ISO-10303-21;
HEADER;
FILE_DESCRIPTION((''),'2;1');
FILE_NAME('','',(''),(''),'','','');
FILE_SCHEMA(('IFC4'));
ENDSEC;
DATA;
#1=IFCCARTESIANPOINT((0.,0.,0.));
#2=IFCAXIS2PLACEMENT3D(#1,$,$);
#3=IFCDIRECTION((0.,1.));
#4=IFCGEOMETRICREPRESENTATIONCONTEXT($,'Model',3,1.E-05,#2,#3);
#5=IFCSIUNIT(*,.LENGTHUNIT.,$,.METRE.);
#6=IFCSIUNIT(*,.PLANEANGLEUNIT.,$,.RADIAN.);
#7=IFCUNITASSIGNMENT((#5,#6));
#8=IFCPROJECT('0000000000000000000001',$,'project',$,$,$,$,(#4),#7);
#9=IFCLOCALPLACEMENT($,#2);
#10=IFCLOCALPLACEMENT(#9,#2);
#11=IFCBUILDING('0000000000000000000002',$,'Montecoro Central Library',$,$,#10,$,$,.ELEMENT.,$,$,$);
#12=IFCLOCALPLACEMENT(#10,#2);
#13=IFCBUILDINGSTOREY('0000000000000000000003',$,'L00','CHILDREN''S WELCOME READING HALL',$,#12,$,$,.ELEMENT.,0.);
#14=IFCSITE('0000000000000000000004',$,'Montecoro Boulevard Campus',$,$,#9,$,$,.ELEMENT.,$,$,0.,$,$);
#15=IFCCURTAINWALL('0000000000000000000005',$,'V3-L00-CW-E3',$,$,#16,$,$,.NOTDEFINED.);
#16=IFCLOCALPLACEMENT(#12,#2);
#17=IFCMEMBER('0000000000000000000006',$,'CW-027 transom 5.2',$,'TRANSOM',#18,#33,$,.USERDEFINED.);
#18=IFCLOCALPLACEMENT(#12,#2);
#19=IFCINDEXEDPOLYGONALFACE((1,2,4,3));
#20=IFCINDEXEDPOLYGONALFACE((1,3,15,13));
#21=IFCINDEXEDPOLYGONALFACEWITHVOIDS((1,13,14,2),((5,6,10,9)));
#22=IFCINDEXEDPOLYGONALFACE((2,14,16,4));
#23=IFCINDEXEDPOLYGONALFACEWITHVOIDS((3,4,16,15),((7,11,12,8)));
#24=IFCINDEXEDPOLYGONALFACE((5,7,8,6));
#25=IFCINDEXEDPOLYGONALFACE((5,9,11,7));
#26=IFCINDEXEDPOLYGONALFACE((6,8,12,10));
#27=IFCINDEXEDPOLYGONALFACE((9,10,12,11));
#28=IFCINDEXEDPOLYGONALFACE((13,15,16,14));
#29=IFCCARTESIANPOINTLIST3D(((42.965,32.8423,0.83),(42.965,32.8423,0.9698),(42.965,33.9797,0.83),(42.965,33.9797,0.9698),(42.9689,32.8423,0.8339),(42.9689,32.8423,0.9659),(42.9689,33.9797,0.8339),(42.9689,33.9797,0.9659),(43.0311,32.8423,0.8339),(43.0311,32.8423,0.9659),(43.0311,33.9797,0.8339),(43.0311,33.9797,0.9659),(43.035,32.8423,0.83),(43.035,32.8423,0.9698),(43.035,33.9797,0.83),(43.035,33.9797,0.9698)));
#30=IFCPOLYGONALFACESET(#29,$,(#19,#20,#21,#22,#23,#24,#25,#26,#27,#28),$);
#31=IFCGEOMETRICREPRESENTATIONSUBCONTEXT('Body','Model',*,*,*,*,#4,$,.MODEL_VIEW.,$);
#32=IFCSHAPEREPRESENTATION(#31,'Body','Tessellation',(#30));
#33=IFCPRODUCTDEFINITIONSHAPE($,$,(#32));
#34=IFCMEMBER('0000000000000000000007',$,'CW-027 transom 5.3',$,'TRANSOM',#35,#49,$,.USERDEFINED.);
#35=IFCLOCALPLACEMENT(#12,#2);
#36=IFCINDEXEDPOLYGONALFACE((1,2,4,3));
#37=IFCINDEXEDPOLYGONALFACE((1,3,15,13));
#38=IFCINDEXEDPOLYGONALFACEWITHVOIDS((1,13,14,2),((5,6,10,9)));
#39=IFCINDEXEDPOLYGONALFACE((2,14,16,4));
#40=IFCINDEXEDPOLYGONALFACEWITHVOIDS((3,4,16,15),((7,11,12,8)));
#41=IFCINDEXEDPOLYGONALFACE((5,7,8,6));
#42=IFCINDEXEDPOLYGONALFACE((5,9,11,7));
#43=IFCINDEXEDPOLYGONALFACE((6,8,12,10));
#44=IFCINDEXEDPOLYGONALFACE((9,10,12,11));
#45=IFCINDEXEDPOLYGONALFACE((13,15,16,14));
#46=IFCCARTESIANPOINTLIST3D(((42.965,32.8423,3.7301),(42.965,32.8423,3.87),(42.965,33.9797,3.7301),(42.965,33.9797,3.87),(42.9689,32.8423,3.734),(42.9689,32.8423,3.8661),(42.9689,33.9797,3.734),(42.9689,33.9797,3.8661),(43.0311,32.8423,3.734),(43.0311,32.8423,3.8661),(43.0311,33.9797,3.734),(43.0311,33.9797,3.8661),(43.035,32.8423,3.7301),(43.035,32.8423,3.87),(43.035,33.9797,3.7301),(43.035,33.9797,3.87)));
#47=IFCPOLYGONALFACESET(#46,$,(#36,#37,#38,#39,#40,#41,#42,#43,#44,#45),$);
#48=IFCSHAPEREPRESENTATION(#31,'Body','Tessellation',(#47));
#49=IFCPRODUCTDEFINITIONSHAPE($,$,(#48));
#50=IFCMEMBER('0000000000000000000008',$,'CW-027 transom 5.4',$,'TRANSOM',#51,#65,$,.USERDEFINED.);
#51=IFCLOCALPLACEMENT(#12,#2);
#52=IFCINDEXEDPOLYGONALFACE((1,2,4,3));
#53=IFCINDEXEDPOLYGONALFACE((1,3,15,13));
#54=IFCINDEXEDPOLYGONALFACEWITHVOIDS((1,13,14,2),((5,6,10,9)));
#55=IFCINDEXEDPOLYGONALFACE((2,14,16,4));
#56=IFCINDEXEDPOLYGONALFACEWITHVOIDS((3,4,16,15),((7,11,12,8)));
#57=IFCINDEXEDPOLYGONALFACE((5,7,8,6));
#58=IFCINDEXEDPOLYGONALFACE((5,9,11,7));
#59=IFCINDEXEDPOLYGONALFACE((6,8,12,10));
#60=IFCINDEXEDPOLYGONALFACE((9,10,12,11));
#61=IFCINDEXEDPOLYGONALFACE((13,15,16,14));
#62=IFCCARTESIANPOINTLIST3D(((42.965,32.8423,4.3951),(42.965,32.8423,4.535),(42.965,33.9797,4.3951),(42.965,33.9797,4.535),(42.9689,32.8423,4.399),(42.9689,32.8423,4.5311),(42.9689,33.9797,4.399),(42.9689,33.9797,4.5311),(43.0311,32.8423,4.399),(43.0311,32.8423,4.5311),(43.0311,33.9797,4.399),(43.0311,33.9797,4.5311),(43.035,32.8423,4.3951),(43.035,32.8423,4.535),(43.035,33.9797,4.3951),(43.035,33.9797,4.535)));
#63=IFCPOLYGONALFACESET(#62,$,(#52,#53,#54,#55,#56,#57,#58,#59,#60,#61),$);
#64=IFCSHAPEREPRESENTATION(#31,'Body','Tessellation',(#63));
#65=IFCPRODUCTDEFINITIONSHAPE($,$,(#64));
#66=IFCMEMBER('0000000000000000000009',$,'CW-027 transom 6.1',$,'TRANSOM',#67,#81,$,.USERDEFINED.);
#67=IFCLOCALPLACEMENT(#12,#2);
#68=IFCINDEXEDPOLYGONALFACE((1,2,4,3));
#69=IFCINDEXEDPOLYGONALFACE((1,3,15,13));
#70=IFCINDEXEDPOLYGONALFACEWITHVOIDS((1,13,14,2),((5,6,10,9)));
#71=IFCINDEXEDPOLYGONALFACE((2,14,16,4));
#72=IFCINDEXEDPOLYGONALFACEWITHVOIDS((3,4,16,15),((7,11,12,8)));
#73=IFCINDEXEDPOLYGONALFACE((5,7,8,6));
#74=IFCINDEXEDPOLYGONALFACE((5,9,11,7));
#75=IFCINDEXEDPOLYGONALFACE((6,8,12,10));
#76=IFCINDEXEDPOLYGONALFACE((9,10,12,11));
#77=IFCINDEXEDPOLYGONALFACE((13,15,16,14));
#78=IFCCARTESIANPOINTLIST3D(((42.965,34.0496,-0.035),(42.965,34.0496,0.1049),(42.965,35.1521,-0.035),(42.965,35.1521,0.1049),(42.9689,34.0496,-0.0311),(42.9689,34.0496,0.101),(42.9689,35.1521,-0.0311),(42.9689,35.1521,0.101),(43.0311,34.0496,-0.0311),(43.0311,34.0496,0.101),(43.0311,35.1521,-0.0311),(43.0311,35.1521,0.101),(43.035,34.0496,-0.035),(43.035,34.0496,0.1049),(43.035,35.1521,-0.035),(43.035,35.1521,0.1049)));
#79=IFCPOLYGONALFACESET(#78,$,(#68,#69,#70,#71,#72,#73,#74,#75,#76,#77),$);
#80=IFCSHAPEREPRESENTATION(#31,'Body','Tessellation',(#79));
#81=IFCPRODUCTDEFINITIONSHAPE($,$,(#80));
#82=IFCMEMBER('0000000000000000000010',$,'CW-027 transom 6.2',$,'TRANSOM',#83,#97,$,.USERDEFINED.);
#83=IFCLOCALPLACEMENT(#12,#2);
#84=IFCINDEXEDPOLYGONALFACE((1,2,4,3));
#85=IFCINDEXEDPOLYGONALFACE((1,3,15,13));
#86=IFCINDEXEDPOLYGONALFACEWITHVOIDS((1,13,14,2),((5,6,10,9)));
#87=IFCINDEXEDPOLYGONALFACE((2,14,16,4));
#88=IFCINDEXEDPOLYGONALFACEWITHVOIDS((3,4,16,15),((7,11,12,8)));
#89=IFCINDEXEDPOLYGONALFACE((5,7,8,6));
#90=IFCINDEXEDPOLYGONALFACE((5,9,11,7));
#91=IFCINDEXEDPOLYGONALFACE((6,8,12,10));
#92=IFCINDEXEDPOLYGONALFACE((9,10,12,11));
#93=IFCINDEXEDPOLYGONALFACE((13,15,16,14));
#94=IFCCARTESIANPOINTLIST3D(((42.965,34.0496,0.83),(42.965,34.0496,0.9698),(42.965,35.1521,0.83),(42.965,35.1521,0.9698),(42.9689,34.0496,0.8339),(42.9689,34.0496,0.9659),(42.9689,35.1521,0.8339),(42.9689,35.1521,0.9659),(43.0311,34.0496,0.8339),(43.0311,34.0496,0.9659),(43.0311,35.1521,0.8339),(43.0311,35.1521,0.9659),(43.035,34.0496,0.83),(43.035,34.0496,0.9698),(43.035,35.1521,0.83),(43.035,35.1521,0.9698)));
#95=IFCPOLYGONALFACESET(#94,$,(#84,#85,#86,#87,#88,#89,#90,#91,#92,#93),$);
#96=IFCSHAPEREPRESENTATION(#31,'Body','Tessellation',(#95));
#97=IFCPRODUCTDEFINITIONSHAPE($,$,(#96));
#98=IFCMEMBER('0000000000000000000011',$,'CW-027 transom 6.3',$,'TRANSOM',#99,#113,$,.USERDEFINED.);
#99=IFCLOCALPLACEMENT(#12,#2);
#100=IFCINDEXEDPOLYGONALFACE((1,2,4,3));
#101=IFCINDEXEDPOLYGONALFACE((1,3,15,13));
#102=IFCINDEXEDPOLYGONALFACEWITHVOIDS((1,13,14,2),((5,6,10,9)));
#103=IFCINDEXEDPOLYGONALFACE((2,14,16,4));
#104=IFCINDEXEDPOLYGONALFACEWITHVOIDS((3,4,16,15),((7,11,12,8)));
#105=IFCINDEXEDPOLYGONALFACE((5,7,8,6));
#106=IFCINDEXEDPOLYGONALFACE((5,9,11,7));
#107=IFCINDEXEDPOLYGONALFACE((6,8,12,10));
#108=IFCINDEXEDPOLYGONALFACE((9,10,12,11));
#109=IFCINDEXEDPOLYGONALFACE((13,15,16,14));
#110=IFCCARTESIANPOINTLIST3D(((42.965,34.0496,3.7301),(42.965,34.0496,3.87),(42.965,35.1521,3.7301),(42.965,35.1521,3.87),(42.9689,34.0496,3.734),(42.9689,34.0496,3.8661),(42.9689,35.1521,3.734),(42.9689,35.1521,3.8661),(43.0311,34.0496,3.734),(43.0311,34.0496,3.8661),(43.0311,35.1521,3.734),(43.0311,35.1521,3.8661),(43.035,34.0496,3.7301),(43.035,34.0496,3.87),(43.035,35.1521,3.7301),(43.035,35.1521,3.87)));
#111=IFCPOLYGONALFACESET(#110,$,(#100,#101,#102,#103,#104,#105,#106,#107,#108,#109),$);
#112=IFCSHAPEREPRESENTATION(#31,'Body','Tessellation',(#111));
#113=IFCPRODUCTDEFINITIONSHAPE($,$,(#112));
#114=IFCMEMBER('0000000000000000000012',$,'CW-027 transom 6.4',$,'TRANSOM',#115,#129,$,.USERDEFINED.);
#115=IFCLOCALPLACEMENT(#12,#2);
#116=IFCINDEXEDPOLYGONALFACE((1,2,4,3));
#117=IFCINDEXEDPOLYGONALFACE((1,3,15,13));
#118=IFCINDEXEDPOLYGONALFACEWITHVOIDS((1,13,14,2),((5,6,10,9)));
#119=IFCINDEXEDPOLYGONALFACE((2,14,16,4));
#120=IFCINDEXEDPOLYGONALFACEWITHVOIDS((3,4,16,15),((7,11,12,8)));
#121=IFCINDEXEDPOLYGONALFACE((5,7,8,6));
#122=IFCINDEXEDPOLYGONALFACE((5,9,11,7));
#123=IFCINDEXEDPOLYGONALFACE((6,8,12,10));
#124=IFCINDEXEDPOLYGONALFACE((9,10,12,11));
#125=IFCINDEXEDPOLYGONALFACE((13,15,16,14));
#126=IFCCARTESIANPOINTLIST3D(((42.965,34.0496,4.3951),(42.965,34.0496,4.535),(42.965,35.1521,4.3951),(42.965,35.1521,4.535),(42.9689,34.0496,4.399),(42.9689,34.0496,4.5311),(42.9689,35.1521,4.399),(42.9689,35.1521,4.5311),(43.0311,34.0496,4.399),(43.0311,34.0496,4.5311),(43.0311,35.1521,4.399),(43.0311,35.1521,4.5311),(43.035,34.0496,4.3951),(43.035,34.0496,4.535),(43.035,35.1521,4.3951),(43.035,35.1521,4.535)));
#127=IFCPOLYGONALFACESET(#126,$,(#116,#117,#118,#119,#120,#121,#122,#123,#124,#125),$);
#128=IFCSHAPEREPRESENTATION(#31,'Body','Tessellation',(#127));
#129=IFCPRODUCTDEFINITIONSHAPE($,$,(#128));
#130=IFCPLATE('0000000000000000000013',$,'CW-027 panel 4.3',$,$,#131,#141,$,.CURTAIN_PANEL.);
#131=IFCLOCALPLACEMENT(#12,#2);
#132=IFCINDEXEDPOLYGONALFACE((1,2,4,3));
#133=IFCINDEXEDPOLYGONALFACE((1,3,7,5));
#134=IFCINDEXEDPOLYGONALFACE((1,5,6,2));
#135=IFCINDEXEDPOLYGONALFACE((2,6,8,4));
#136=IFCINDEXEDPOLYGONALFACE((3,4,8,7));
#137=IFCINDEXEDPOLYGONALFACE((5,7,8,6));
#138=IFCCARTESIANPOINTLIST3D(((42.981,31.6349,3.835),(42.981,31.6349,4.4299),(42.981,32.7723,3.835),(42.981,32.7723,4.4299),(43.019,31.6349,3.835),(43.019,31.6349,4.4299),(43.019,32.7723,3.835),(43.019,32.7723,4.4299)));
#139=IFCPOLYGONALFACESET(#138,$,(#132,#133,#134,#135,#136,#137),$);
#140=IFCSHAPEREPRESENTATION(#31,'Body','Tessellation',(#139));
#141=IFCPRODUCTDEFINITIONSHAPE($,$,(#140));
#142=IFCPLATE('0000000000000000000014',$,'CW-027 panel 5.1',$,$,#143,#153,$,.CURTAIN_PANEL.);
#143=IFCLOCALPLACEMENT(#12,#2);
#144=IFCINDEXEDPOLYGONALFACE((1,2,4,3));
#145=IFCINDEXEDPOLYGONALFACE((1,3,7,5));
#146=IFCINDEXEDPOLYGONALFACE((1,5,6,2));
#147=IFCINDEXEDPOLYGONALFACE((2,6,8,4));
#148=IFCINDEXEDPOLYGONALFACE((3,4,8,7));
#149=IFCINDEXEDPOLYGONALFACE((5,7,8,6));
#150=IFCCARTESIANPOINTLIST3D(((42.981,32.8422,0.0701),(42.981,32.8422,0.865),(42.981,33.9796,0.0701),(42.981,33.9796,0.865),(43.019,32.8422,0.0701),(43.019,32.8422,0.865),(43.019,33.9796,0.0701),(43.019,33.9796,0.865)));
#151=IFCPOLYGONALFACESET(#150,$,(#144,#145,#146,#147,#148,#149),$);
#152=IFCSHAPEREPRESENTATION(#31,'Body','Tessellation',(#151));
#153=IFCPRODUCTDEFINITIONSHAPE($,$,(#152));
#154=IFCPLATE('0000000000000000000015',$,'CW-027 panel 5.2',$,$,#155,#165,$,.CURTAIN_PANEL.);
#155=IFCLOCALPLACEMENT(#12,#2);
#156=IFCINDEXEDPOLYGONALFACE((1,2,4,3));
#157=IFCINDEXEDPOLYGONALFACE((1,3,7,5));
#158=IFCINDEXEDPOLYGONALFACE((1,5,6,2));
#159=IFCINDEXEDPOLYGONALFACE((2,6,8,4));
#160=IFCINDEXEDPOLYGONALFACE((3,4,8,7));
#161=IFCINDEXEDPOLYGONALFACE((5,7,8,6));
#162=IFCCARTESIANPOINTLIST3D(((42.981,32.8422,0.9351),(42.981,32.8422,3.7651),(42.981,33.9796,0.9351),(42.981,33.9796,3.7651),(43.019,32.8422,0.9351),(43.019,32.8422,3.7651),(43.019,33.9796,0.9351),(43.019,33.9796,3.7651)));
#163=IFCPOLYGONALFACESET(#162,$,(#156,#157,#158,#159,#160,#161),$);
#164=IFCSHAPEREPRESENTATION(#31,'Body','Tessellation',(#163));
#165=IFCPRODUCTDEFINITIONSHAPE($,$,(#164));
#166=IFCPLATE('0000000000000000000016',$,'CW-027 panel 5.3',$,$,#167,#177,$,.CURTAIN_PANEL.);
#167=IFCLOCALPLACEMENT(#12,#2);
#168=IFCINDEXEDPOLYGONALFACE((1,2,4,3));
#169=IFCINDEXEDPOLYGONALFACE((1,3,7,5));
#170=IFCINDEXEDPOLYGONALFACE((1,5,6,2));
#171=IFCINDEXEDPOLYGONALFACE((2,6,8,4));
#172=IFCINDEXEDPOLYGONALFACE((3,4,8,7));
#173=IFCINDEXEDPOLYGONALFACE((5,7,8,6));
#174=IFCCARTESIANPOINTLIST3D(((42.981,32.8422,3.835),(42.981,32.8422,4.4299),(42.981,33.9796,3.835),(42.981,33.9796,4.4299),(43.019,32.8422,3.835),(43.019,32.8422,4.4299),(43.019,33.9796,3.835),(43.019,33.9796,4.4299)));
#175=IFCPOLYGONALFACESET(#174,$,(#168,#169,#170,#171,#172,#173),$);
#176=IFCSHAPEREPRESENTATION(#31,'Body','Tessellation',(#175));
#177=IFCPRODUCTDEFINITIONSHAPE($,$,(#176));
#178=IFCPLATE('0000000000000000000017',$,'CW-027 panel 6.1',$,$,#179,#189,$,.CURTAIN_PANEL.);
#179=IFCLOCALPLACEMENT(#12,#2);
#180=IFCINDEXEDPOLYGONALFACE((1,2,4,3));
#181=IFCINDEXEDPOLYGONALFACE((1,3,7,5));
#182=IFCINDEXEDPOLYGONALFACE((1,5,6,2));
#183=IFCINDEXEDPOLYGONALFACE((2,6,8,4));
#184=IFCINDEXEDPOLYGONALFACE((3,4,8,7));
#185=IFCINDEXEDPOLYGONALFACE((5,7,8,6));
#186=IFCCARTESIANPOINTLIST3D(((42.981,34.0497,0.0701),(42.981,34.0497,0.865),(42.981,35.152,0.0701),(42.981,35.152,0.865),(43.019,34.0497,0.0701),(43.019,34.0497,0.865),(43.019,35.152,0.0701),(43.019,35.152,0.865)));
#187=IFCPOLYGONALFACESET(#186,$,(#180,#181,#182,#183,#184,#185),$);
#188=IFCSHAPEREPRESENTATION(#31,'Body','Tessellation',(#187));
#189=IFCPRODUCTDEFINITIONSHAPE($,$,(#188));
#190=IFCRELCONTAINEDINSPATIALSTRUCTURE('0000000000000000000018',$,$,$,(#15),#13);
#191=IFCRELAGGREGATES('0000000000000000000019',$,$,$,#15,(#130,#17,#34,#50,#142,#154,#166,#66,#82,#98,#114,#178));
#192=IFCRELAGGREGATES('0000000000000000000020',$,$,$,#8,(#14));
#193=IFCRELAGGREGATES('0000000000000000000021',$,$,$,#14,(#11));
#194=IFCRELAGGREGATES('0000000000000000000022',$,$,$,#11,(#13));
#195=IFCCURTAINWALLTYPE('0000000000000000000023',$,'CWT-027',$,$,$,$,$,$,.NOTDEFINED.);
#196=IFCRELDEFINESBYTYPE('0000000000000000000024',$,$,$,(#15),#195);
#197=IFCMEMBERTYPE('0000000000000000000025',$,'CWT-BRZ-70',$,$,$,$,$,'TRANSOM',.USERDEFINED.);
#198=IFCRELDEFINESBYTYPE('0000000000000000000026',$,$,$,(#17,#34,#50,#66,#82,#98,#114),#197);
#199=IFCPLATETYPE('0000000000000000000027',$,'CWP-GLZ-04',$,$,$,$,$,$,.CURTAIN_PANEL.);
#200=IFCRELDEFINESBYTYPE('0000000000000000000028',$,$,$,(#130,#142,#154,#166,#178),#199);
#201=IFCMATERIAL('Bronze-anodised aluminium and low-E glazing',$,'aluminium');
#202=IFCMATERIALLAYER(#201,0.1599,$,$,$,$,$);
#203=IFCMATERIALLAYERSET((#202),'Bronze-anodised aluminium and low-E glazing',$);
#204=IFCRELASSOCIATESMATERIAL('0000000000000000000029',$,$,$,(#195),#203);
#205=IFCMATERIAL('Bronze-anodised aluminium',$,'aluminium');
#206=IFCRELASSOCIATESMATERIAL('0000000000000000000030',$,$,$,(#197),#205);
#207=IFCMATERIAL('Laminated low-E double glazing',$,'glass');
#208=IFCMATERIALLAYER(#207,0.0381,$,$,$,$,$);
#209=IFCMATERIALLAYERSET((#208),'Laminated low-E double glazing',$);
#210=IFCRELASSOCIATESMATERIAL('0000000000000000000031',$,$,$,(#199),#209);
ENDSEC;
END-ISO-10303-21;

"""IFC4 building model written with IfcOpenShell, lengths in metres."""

from ifc_helpers import new_model, si_unit, direction, frame, origin, origin_2d, place, context, subcontext, project, spatial, rectangle, hollow_rectangle, extrude, material, layer, layer_set, material_profile, profile_set, type_object, element, aggregate, save


model = new_model("IFC4")

# Units and contexts
model_context = context("Model", 3, precision=1e-05, world=origin(), true_north=direction((0.0, 1.0)))
body_context = subcontext(model_context, "Body", "Model", "MODEL_VIEW")
ifc_project = project(units=[si_unit("LENGTHUNIT", "METRE"), si_unit("PLANEANGLEUNIT", "RADIAN")], contexts=[model_context])

# Site, building, storey
site_placement = place(None, origin())
site = spatial("IfcSite", under=ifc_project, at=site_placement, Name="Montecoro Boulevard Campus", CompositionType="ELEMENT", RefElevation=0.0)
building_placement = place(site_placement, origin())
building = spatial("IfcBuilding", under=site, at=building_placement, Name="Montecoro Central Library", CompositionType="ELEMENT")
storey_placement = place(building_placement, origin())
storey = spatial("IfcBuildingStorey", under=building, at=storey_placement, Name="L00", Description="CHILDREN'S WELCOME READING HALL", CompositionType="ELEMENT", Elevation=0.0)

# Curtain wall, members, plates
ifc_material_1 = material(Name="Bronze-anodised aluminium and low-E glazing", Category="aluminium")
ifc_layer_1 = layer(ifc_material_1, 0.1599)
ifc_layer_set_1 = layer_set([ifc_layer_1], Name="Bronze-anodised aluminium and low-E glazing")
curtain_wall_type = type_object("IfcCurtainWallType", Name="CWT-027", PredefinedType="NOTDEFINED", material=ifc_layer_set_1)
curtain_wall_placement = place(storey_placement, origin())
curtain_wall = element("IfcCurtainWall", 1, at=curtain_wall_placement, inside=storey, type_object=curtain_wall_type, Name="V3-L00-CW-E3", PredefinedType="NOTDEFINED")
ifc_material_2 = material(Name="Bronze-anodised aluminium", Category="aluminium")
ifc_material_profile_1 = material_profile(ifc_material_2, hollow_rectangle(XDim=0.0701, YDim=0.1399, WallThickness=0.0039, at=origin_2d()), Name="CWT 140x70x4.0")
ifc_profile_set_1 = profile_set([ifc_material_profile_1], Name="Bronze-anodised aluminium")
member_type_1 = type_object("IfcMemberType", Name="CWT-BRZ-70", ElementType="TRANSOM", PredefinedType="USERDEFINED", material=ifc_profile_set_1)
member_1_placement = place(storey_placement, frame((43.0, 32.8423, 0.8999), z_axis=(0.0, 1.0, 0.0), x_axis=(-1.0, 0.0, 0.0)))
member_1 = element("IfcMember", 2, at=member_1_placement, type_object=member_type_1, Name="CW-027 transom 5.2", ObjectType="TRANSOM", PredefinedType="USERDEFINED", context=body_context, shape_type="SweptSolid", body=[
    extrude(hollow_rectangle(XDim=0.0701, YDim=0.1399, WallThickness=0.0039, at=origin_2d()), origin(), (0.0, 0.0, 1.0), 1.1375),
])
member_2_placement = place(storey_placement, frame((43.0, 32.8423, 3.8), z_axis=(0.0, 1.0, 0.0), x_axis=(-1.0, 0.0, 0.0)))
member_2 = element("IfcMember", 3, at=member_2_placement, type_object=member_type_1, Name="CW-027 transom 5.3", ObjectType="TRANSOM", PredefinedType="USERDEFINED", context=body_context, shape_type="SweptSolid", body=[
    extrude(hollow_rectangle(XDim=0.0701, YDim=0.1399, WallThickness=0.0039, at=origin_2d()), origin(), (0.0, 0.0, 1.0), 1.1375),
])
member_3_placement = place(storey_placement, frame((43.0, 32.8423, 4.4651), z_axis=(0.0, 1.0, 0.0), x_axis=(-1.0, 0.0, 0.0)))
member_3 = element("IfcMember", 4, at=member_3_placement, type_object=member_type_1, Name="CW-027 transom 5.4", ObjectType="TRANSOM", PredefinedType="USERDEFINED", context=body_context, shape_type="SweptSolid", body=[
    extrude(hollow_rectangle(XDim=0.0701, YDim=0.1399, WallThickness=0.0039, at=origin_2d()), origin(), (0.0, 0.0, 1.0), 1.1375),
])
member_4_placement = place(storey_placement, frame((43.0, 34.0496, 0.0349), z_axis=(0.0, 1.0, 0.0), x_axis=(-1.0, 0.0, 0.0)))
member_4 = element("IfcMember", 5, at=member_4_placement, type_object=member_type_1, Name="CW-027 transom 6.1", ObjectType="TRANSOM", PredefinedType="USERDEFINED", context=body_context, shape_type="SweptSolid", body=[
    extrude(hollow_rectangle(XDim=0.0701, YDim=0.1399, WallThickness=0.0039, at=origin_2d()), origin(), (0.0, 0.0, 1.0), 1.1025),
])
member_5_placement = place(storey_placement, frame((43.0, 34.0496, 0.8999), z_axis=(0.0, 1.0, 0.0), x_axis=(-1.0, 0.0, 0.0)))
member_5 = element("IfcMember", 6, at=member_5_placement, type_object=member_type_1, Name="CW-027 transom 6.2", ObjectType="TRANSOM", PredefinedType="USERDEFINED", context=body_context, shape_type="SweptSolid", body=[
    extrude(hollow_rectangle(XDim=0.0701, YDim=0.1399, WallThickness=0.0039, at=origin_2d()), origin(), (0.0, 0.0, 1.0), 1.1025),
])
member_6_placement = place(storey_placement, frame((43.0, 34.0496, 3.8), z_axis=(0.0, 1.0, 0.0), x_axis=(-1.0, 0.0, 0.0)))
member_6 = element("IfcMember", 7, at=member_6_placement, type_object=member_type_1, Name="CW-027 transom 6.3", ObjectType="TRANSOM", PredefinedType="USERDEFINED", context=body_context, shape_type="SweptSolid", body=[
    extrude(hollow_rectangle(XDim=0.0701, YDim=0.1399, WallThickness=0.0039, at=origin_2d()), origin(), (0.0, 0.0, 1.0), 1.1025),
])
member_7_placement = place(storey_placement, frame((43.0, 34.0496, 4.4651), z_axis=(0.0, 1.0, 0.0), x_axis=(-1.0, 0.0, 0.0)))
member_7 = element("IfcMember", 8, at=member_7_placement, type_object=member_type_1, Name="CW-027 transom 6.4", ObjectType="TRANSOM", PredefinedType="USERDEFINED", context=body_context, shape_type="SweptSolid", body=[
    extrude(hollow_rectangle(XDim=0.0701, YDim=0.1399, WallThickness=0.0039, at=origin_2d()), origin(), (0.0, 0.0, 1.0), 1.1025),
])
ifc_material_3 = material(Name="Laminated low-E double glazing", Category="glass")
ifc_layer_2 = layer(ifc_material_3, 0.0381)
ifc_layer_set_2 = layer_set([ifc_layer_2], Name="Laminated low-E double glazing")
plate_type = type_object("IfcPlateType", Name="CWP-GLZ-04", PredefinedType="CURTAIN_PANEL", material=ifc_layer_set_2)
plate_1_placement = place(storey_placement, frame((43.0, 32.2036, 3.835), z_axis=(0.0, 0.0, 1.0), x_axis=(0.0, 1.0, 0.0)))
plate_1 = element("IfcPlate", 9, at=plate_1_placement, type_object=plate_type, Name="CW-027 panel 4.3", PredefinedType="CURTAIN_PANEL", context=body_context, shape_type="SweptSolid", body=[
    extrude(rectangle(XDim=1.1375, YDim=0.0381, at=origin_2d()), origin(), (0.0, 0.0, 1.0), 0.595),
])
plate_2_placement = place(storey_placement, frame((43.0, 33.4109, 0.0701), z_axis=(0.0, 0.0, 1.0), x_axis=(0.0, 1.0, 0.0)))
plate_2 = element("IfcPlate", 10, at=plate_2_placement, type_object=plate_type, Name="CW-027 panel 5.1", PredefinedType="CURTAIN_PANEL", context=body_context, shape_type="SweptSolid", body=[
    extrude(rectangle(XDim=1.1375, YDim=0.0381, at=origin_2d()), origin(), (0.0, 0.0, 1.0), 0.7949),
])
plate_3_placement = place(storey_placement, frame((43.0, 33.4109, 0.9351), z_axis=(0.0, 0.0, 1.0), x_axis=(0.0, 1.0, 0.0)))
plate_3 = element("IfcPlate", 11, at=plate_3_placement, type_object=plate_type, Name="CW-027 panel 5.2", PredefinedType="CURTAIN_PANEL", context=body_context, shape_type="SweptSolid", body=[
    extrude(rectangle(XDim=1.1375, YDim=0.0381, at=origin_2d()), origin(), (0.0, 0.0, 1.0), 2.8301),
])
plate_4_placement = place(storey_placement, frame((43.0, 33.4109, 3.835), z_axis=(0.0, 0.0, 1.0), x_axis=(0.0, 1.0, 0.0)))
plate_4 = element("IfcPlate", 12, at=plate_4_placement, type_object=plate_type, Name="CW-027 panel 5.3", PredefinedType="CURTAIN_PANEL", context=body_context, shape_type="SweptSolid", body=[
    extrude(rectangle(XDim=1.1375, YDim=0.0381, at=origin_2d()), origin(), (0.0, 0.0, 1.0), 0.595),
])
plate_5_placement = place(storey_placement, frame((43.0, 34.6008, 0.0701), z_axis=(0.0, 0.0, 1.0), x_axis=(0.0, 1.0, 0.0)))
plate_5 = element("IfcPlate", 13, at=plate_5_placement, type_object=plate_type, Name="CW-027 panel 6.1", PredefinedType="CURTAIN_PANEL", context=body_context, shape_type="SweptSolid", body=[
    extrude(rectangle(XDim=1.1023, YDim=0.0381, at=origin_2d()), origin(), (0.0, 0.0, 1.0), 0.7949),
])
aggregate(curtain_wall, [plate_1, member_1, member_2, member_3, plate_2, plate_3, plate_4, member_4, member_5, member_6, member_7, plate_5])

save(model, "model.ifc")
